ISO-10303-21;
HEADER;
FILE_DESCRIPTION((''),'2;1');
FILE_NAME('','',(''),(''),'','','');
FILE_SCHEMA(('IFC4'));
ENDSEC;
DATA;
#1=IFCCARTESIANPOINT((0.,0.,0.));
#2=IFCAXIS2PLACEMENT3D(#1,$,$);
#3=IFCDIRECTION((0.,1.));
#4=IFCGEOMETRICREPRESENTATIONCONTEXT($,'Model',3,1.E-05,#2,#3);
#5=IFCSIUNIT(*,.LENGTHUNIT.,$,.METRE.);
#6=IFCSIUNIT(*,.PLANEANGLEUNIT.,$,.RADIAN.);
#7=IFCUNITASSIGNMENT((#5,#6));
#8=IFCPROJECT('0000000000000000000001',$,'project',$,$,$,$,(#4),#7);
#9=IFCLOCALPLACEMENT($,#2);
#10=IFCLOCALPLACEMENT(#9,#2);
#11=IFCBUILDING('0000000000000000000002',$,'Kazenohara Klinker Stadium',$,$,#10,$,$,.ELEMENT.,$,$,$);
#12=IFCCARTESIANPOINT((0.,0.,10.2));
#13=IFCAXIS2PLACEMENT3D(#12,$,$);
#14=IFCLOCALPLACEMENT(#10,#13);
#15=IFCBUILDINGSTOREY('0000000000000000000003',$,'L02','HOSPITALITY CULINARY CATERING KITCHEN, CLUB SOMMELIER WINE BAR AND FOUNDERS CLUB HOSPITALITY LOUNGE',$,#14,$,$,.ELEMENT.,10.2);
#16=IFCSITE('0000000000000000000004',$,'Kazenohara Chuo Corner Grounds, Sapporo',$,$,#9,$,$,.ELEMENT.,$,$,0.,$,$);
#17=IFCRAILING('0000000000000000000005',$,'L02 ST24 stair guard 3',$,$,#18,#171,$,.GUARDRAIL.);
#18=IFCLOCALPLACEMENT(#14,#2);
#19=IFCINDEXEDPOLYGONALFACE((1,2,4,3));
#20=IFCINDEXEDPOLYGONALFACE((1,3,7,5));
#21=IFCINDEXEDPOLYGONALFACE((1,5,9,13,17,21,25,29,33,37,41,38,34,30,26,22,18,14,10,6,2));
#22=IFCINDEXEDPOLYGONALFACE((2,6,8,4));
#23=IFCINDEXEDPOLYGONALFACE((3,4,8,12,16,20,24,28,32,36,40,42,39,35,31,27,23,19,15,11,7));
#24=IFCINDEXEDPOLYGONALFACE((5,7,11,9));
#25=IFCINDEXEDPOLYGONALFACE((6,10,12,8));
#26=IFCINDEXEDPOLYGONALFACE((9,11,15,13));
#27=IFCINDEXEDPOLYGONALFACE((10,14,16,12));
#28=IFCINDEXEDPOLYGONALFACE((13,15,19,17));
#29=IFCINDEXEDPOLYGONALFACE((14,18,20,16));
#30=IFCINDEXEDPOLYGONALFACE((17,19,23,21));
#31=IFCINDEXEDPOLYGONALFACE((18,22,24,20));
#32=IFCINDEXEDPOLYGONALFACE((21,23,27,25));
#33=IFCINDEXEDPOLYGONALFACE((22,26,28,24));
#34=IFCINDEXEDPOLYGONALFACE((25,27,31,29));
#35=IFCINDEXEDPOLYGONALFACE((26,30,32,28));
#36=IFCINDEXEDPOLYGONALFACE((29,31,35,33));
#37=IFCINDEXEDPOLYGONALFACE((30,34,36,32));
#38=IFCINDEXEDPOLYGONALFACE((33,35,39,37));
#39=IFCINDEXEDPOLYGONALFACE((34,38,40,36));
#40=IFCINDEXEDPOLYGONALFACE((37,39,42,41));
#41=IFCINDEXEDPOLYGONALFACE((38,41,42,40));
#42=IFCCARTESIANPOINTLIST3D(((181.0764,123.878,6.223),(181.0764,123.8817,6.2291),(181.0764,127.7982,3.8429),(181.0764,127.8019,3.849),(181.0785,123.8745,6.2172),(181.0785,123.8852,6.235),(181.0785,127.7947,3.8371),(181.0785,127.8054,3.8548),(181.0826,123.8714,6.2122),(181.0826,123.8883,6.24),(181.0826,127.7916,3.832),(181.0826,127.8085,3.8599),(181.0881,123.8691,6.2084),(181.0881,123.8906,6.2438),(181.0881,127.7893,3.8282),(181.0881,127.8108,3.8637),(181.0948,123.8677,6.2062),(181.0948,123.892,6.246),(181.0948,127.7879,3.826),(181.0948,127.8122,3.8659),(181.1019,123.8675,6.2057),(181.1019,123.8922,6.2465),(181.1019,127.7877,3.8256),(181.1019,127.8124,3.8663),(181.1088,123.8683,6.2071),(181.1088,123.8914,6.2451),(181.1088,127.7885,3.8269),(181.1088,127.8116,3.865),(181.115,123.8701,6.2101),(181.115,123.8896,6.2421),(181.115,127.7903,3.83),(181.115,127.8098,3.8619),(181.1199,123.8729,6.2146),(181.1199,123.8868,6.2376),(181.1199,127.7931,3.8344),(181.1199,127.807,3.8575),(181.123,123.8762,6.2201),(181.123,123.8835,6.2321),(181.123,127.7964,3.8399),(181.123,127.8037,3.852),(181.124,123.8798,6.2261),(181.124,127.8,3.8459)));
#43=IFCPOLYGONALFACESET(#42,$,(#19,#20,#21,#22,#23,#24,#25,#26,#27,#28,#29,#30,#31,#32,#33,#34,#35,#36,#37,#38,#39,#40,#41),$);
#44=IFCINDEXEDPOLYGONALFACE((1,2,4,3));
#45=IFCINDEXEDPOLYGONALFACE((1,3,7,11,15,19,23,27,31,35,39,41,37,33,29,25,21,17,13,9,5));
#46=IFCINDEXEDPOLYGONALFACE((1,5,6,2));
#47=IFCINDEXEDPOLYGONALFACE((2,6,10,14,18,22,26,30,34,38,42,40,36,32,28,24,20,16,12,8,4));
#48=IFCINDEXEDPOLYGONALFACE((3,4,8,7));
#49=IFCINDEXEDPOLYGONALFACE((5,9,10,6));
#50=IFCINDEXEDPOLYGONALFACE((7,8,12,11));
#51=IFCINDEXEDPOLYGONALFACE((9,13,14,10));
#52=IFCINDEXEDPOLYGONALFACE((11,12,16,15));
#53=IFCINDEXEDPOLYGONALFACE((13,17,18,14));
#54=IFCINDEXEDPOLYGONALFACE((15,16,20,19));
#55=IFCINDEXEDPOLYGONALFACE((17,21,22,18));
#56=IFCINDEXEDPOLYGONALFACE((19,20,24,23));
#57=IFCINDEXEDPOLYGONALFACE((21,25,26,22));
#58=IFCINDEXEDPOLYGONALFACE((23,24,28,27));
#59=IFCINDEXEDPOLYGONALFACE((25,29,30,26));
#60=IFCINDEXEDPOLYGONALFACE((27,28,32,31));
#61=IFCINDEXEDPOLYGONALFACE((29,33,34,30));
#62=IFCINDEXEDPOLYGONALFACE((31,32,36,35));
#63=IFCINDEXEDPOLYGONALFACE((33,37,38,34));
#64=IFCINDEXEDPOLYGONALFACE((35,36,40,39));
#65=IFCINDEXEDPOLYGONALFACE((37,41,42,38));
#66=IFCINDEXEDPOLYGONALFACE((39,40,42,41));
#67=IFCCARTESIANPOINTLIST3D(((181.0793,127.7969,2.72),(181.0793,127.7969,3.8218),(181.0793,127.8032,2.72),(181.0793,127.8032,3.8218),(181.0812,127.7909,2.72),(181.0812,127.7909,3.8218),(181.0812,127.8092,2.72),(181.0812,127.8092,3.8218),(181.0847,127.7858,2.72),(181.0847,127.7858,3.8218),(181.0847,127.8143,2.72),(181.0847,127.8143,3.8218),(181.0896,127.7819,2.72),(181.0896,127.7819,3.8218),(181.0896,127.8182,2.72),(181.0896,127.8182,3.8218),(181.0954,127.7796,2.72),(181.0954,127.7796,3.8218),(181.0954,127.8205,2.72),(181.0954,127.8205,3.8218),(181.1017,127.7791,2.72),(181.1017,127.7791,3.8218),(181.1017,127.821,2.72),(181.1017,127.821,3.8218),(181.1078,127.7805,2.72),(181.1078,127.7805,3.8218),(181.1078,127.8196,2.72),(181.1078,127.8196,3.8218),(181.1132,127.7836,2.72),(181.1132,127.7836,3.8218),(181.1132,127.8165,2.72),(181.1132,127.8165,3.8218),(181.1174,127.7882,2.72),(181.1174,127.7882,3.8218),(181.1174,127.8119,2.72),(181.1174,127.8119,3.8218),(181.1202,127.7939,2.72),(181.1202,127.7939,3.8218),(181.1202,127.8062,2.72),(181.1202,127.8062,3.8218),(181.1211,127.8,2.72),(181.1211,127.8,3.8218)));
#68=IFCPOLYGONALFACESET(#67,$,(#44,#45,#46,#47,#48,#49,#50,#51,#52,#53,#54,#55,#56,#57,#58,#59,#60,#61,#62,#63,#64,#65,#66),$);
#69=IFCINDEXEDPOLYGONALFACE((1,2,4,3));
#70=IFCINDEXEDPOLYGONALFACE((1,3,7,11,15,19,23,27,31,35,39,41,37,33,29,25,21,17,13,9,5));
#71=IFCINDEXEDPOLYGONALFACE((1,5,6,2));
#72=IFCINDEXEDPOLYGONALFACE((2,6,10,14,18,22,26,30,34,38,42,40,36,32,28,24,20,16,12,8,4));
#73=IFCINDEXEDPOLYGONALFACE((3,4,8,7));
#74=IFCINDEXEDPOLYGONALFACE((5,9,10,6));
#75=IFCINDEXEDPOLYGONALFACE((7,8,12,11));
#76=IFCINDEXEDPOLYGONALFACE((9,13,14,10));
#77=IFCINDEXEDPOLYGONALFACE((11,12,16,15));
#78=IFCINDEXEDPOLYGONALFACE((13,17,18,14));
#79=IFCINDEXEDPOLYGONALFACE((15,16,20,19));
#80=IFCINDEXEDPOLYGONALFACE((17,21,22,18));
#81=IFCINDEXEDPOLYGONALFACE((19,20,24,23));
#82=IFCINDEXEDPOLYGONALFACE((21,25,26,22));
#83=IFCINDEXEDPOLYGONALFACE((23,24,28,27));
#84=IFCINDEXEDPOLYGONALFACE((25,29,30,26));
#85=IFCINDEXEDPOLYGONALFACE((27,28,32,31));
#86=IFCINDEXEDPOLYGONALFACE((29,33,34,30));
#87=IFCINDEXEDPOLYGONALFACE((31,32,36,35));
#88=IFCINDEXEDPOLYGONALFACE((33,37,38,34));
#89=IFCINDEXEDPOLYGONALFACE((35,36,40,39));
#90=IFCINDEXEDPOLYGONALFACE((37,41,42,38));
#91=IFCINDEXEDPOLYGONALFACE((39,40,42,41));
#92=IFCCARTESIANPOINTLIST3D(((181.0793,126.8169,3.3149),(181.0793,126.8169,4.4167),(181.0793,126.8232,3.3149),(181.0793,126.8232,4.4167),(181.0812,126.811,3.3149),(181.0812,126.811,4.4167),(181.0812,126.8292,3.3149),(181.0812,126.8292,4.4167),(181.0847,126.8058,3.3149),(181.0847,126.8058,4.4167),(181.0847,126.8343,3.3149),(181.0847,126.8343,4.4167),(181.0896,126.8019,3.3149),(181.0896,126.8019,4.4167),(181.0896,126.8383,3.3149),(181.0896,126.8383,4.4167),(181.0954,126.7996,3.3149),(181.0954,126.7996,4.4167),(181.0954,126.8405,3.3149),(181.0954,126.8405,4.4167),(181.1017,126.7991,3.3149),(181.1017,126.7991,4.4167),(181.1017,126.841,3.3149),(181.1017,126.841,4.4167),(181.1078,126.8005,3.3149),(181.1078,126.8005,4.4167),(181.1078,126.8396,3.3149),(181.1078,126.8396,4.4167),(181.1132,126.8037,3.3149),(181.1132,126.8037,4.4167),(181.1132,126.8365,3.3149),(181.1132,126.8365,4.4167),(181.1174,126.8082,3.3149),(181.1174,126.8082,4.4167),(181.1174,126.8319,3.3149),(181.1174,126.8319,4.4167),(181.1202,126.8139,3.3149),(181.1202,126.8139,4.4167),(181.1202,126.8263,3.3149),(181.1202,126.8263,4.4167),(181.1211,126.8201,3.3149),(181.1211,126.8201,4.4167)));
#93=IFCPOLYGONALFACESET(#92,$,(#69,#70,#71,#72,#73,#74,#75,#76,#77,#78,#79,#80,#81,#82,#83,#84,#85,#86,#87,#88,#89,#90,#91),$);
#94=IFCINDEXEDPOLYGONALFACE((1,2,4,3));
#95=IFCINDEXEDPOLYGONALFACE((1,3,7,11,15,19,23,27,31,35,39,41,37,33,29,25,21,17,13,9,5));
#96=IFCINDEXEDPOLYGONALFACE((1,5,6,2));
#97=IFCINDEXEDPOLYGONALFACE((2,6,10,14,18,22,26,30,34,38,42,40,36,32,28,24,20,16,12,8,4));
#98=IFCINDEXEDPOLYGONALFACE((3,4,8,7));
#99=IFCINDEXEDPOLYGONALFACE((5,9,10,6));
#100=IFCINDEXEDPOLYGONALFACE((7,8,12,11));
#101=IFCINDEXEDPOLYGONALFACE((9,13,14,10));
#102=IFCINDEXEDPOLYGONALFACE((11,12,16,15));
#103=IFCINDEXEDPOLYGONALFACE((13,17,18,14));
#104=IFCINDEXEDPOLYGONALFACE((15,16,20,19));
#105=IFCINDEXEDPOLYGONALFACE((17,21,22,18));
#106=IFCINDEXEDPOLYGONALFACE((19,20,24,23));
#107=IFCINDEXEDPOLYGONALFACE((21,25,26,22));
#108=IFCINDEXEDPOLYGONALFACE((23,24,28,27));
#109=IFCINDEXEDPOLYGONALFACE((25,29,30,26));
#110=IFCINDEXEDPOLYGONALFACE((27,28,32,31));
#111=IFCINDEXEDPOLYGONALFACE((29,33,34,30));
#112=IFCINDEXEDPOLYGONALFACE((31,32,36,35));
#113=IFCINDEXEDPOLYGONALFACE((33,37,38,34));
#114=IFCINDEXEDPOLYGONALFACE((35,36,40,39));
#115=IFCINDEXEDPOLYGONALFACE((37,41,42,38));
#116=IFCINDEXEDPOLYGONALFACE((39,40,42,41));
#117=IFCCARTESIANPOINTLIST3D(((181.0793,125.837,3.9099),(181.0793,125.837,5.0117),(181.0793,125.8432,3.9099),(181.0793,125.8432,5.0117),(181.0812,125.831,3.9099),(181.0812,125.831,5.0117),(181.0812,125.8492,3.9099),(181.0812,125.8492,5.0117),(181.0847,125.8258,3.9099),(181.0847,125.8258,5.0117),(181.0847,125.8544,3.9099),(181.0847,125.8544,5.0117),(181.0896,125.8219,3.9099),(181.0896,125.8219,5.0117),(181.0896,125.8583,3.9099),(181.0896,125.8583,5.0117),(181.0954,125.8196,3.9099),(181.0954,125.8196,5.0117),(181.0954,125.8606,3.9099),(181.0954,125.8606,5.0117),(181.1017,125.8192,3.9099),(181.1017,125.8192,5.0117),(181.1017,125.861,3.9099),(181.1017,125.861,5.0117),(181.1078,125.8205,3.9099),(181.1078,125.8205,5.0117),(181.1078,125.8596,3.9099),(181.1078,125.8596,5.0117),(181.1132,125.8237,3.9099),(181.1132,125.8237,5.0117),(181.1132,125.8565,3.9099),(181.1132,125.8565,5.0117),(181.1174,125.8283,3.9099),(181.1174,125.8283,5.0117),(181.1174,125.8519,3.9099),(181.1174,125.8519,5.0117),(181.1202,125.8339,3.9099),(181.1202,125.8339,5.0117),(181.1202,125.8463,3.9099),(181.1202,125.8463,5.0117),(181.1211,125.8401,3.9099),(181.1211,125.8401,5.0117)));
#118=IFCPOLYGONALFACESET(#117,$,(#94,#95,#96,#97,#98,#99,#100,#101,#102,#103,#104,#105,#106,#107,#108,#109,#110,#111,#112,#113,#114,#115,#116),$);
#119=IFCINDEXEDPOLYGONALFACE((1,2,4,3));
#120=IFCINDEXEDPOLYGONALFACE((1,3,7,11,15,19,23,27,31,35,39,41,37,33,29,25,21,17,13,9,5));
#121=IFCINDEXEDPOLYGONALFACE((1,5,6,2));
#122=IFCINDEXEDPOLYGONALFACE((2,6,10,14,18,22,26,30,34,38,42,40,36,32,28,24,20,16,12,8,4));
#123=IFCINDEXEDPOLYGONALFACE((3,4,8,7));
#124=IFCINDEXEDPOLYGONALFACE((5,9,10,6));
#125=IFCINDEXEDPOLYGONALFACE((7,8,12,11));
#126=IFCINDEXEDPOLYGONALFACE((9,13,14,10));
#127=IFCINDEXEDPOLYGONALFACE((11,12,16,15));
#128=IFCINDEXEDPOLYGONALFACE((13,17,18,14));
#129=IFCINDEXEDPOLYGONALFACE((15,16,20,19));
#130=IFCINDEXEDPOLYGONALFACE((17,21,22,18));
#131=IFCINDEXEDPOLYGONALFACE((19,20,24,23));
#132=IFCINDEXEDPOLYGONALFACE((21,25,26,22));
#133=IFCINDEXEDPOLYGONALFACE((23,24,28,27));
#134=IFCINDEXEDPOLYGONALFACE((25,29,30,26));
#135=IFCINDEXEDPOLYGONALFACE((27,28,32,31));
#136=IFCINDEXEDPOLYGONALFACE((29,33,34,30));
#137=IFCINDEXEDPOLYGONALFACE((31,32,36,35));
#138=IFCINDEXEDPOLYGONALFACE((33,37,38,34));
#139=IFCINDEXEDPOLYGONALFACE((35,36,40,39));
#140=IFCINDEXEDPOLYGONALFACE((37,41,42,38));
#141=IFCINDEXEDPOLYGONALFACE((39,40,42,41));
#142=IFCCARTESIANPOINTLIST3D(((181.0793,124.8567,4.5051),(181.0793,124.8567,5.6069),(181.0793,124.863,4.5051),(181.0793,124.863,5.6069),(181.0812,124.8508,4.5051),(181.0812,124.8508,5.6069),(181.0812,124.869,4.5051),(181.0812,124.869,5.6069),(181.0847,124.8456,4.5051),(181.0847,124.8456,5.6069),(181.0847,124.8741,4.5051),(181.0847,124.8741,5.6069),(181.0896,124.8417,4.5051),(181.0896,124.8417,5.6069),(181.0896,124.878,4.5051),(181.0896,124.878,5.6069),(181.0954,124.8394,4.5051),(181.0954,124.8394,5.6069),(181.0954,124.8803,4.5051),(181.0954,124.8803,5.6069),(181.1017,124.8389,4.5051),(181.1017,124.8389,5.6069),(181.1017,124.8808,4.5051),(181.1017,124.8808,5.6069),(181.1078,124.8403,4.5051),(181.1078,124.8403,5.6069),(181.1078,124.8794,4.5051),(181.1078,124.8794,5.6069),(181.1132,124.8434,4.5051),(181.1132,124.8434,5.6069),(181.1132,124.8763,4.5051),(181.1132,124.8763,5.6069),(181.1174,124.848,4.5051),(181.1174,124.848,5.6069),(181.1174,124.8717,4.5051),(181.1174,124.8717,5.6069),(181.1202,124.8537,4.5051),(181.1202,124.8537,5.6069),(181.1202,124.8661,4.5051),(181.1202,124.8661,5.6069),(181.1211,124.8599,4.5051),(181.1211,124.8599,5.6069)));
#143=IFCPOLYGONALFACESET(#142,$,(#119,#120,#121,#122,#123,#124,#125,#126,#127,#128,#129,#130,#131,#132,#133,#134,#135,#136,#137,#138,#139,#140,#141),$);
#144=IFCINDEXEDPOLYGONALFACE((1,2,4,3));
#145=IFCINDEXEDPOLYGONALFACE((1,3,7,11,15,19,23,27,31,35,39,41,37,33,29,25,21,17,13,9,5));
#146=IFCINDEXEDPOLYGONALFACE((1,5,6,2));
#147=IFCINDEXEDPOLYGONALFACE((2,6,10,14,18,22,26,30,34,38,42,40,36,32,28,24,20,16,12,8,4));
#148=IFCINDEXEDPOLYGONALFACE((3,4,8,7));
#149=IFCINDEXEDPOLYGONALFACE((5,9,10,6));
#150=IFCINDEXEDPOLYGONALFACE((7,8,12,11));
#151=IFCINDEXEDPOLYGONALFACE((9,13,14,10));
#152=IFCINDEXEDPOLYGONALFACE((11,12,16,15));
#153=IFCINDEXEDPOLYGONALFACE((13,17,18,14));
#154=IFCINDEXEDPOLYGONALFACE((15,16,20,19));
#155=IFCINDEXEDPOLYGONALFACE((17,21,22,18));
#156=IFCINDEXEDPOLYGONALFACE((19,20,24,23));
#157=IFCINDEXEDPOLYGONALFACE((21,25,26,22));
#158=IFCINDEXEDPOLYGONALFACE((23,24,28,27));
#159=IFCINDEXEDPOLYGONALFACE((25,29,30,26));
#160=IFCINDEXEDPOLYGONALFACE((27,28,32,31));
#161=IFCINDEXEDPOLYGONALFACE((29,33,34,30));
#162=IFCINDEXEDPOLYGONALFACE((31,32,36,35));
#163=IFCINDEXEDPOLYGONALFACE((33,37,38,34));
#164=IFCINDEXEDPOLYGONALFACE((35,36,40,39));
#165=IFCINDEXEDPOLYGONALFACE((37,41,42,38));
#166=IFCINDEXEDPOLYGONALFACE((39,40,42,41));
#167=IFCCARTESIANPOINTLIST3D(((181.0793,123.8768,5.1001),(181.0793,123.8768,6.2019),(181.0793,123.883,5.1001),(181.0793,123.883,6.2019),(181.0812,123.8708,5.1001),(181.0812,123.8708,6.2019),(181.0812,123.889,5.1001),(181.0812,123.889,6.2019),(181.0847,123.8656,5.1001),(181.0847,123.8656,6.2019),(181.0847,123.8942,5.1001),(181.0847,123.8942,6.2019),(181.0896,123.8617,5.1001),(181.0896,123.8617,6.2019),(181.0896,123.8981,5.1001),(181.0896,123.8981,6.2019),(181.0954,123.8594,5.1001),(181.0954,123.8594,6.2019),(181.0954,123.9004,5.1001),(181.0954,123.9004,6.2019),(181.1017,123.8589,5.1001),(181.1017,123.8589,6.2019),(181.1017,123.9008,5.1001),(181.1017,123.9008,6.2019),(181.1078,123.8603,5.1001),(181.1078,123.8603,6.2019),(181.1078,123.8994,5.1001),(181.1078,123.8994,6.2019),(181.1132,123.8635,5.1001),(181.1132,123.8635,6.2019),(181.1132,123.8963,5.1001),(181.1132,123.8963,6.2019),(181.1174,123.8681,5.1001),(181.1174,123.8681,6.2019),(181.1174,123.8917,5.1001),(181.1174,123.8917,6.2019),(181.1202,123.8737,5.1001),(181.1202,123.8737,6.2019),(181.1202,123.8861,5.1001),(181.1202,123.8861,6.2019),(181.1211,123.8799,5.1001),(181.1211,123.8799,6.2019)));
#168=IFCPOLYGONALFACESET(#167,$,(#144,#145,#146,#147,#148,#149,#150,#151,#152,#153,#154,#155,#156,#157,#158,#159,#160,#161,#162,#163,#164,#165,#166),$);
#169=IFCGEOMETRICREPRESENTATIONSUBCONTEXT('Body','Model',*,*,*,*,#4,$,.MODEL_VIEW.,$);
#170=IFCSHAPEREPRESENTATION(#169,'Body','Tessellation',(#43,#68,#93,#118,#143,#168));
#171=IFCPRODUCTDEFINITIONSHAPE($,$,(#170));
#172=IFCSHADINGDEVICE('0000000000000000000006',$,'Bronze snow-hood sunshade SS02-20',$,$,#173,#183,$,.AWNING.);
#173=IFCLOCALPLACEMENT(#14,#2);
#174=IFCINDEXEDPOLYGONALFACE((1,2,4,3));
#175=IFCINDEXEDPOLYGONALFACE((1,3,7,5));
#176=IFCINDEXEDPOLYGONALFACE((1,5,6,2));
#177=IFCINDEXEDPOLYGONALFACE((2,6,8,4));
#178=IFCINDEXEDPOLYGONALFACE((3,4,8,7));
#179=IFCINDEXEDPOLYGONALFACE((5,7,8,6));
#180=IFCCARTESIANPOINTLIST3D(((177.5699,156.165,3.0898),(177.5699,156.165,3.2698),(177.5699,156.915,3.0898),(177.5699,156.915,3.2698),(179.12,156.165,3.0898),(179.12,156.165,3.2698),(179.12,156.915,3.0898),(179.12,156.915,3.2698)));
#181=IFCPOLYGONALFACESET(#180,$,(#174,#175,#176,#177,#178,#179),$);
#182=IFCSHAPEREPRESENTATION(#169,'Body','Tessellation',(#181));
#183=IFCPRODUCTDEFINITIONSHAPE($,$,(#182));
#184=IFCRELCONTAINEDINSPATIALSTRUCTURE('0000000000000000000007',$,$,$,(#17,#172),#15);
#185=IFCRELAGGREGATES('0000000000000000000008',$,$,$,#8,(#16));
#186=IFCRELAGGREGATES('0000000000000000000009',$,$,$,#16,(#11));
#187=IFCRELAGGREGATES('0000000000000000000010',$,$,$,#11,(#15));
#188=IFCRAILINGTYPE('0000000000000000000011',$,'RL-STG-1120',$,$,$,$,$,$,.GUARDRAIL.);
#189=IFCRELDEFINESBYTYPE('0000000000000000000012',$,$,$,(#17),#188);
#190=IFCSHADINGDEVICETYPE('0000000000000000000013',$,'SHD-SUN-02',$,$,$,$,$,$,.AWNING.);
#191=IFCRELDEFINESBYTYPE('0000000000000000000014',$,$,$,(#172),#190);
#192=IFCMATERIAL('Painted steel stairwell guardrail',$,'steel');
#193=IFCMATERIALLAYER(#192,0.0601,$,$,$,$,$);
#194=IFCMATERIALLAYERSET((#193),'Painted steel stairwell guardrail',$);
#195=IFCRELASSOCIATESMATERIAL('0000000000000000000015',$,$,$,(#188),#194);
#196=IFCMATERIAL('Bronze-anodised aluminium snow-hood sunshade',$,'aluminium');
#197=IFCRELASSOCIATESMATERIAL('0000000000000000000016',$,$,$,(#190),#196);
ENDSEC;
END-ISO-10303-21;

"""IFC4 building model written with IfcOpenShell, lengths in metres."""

from ifc_helpers import new_model, si_unit, direction, frame, origin, origin_2d, place, context, subcontext, project, spatial, rectangle, circle, extrude, material, layer, layer_set, type_object, element, save


model = new_model("IFC4")

# Units and contexts
model_context = context("Model", 3, precision=1e-05, world=origin(), true_north=direction((0.0, 1.0)))
body_context = subcontext(model_context, "Body", "Model", "MODEL_VIEW")
ifc_project = project(units=[si_unit("LENGTHUNIT", "METRE"), si_unit("PLANEANGLEUNIT", "RADIAN")], contexts=[model_context])

# Site, building, storey
site_placement = place(None, origin())
site = spatial("IfcSite", under=ifc_project, at=site_placement, Name="Kazenohara Chuo Corner Grounds, Sapporo", CompositionType="ELEMENT", RefElevation=0.0)
building_placement = place(site_placement, origin())
building = spatial("IfcBuilding", under=site, at=building_placement, Name="Kazenohara Klinker Stadium", CompositionType="ELEMENT")
storey_placement = place(building_placement, frame((0.0, 0.0, 10.2)))
storey = spatial("IfcBuildingStorey", under=building, at=storey_placement, Name="L02", Description="HOSPITALITY CULINARY CATERING KITCHEN, CLUB SOMMELIER WINE BAR AND FOUNDERS CLUB HOSPITALITY LOUNGE", CompositionType="ELEMENT", Elevation=10.2)

# Railing
ifc_material_1 = material(Name="Painted steel stairwell guardrail", Category="steel")
ifc_layer_1 = layer(ifc_material_1, 0.0601)
ifc_layer_set_1 = layer_set([ifc_layer_1], Name="Painted steel stairwell guardrail")
railing_type_1 = type_object("IfcRailingType", Name="RL-STG-1120", PredefinedType="GUARDRAIL", material=ifc_layer_set_1)
railing_1_placement = place(storey_placement, frame((181.1001, 127.8, 2.72)))
element("IfcRailing", 1, at=railing_1_placement, inside=storey, type_object=railing_type_1, Name="L02 ST24 stair guard 3", PredefinedType="GUARDRAIL", context=body_context, shape_type="SweptSolid", body=[
    extrude(circle(Radius=0.0239, at=origin_2d()), frame((0.0, 0.0, 1.126), z_axis=(0.0, -0.854785, 0.518982), x_axis=(1.0, 0.0, 0.0)), (0.0, 0.0, 1.0), 4.5862),
    extrude(circle(Radius=0.021, at=origin_2d()), origin(), (0.0, 0.0, 1.0), 1.1018),
    extrude(circle(Radius=0.021, at=origin_2d()), frame((0.0, -0.98, 0.595)), (0.0, 0.0, 1.0), 1.1018),
    extrude(circle(Radius=0.021, at=origin_2d()), frame((0.0, -1.96, 1.1899)), (0.0, 0.0, 1.0), 1.1018),
    extrude(circle(Radius=0.021, at=origin_2d()), frame((0.0, -2.9402, 1.7852)), (0.0, 0.0, 1.0), 1.1018),
    extrude(circle(Radius=0.021, at=origin_2d()), frame((0.0, -3.9202, 2.3801)), (0.0, 0.0, 1.0), 1.1018),
])

# Shading device
ifc_material_2 = material(Name="Bronze-anodised aluminium snow-hood sunshade", Category="aluminium")
shading_device_type = type_object("IfcShadingDeviceType", Name="SHD-SUN-02", PredefinedType="AWNING", material=ifc_material_2)
shading_device_placement = place(storey_placement, frame((178.345, 156.54, 3.0898), z_axis=(0.0, 0.0, 1.0), x_axis=(1.0, 0.0, 0.0)))
element("IfcShadingDevice", 2, at=shading_device_placement, inside=storey, type_object=shading_device_type, Name="Bronze snow-hood sunshade SS02-20", PredefinedType="AWNING", context=body_context, shape_type="SweptSolid", body=[
    extrude(rectangle(XDim=1.55, YDim=0.75, at=origin_2d()), origin(), (0.0, 0.0, 1.0), 0.1799),
])

save(model, "model.ifc")
